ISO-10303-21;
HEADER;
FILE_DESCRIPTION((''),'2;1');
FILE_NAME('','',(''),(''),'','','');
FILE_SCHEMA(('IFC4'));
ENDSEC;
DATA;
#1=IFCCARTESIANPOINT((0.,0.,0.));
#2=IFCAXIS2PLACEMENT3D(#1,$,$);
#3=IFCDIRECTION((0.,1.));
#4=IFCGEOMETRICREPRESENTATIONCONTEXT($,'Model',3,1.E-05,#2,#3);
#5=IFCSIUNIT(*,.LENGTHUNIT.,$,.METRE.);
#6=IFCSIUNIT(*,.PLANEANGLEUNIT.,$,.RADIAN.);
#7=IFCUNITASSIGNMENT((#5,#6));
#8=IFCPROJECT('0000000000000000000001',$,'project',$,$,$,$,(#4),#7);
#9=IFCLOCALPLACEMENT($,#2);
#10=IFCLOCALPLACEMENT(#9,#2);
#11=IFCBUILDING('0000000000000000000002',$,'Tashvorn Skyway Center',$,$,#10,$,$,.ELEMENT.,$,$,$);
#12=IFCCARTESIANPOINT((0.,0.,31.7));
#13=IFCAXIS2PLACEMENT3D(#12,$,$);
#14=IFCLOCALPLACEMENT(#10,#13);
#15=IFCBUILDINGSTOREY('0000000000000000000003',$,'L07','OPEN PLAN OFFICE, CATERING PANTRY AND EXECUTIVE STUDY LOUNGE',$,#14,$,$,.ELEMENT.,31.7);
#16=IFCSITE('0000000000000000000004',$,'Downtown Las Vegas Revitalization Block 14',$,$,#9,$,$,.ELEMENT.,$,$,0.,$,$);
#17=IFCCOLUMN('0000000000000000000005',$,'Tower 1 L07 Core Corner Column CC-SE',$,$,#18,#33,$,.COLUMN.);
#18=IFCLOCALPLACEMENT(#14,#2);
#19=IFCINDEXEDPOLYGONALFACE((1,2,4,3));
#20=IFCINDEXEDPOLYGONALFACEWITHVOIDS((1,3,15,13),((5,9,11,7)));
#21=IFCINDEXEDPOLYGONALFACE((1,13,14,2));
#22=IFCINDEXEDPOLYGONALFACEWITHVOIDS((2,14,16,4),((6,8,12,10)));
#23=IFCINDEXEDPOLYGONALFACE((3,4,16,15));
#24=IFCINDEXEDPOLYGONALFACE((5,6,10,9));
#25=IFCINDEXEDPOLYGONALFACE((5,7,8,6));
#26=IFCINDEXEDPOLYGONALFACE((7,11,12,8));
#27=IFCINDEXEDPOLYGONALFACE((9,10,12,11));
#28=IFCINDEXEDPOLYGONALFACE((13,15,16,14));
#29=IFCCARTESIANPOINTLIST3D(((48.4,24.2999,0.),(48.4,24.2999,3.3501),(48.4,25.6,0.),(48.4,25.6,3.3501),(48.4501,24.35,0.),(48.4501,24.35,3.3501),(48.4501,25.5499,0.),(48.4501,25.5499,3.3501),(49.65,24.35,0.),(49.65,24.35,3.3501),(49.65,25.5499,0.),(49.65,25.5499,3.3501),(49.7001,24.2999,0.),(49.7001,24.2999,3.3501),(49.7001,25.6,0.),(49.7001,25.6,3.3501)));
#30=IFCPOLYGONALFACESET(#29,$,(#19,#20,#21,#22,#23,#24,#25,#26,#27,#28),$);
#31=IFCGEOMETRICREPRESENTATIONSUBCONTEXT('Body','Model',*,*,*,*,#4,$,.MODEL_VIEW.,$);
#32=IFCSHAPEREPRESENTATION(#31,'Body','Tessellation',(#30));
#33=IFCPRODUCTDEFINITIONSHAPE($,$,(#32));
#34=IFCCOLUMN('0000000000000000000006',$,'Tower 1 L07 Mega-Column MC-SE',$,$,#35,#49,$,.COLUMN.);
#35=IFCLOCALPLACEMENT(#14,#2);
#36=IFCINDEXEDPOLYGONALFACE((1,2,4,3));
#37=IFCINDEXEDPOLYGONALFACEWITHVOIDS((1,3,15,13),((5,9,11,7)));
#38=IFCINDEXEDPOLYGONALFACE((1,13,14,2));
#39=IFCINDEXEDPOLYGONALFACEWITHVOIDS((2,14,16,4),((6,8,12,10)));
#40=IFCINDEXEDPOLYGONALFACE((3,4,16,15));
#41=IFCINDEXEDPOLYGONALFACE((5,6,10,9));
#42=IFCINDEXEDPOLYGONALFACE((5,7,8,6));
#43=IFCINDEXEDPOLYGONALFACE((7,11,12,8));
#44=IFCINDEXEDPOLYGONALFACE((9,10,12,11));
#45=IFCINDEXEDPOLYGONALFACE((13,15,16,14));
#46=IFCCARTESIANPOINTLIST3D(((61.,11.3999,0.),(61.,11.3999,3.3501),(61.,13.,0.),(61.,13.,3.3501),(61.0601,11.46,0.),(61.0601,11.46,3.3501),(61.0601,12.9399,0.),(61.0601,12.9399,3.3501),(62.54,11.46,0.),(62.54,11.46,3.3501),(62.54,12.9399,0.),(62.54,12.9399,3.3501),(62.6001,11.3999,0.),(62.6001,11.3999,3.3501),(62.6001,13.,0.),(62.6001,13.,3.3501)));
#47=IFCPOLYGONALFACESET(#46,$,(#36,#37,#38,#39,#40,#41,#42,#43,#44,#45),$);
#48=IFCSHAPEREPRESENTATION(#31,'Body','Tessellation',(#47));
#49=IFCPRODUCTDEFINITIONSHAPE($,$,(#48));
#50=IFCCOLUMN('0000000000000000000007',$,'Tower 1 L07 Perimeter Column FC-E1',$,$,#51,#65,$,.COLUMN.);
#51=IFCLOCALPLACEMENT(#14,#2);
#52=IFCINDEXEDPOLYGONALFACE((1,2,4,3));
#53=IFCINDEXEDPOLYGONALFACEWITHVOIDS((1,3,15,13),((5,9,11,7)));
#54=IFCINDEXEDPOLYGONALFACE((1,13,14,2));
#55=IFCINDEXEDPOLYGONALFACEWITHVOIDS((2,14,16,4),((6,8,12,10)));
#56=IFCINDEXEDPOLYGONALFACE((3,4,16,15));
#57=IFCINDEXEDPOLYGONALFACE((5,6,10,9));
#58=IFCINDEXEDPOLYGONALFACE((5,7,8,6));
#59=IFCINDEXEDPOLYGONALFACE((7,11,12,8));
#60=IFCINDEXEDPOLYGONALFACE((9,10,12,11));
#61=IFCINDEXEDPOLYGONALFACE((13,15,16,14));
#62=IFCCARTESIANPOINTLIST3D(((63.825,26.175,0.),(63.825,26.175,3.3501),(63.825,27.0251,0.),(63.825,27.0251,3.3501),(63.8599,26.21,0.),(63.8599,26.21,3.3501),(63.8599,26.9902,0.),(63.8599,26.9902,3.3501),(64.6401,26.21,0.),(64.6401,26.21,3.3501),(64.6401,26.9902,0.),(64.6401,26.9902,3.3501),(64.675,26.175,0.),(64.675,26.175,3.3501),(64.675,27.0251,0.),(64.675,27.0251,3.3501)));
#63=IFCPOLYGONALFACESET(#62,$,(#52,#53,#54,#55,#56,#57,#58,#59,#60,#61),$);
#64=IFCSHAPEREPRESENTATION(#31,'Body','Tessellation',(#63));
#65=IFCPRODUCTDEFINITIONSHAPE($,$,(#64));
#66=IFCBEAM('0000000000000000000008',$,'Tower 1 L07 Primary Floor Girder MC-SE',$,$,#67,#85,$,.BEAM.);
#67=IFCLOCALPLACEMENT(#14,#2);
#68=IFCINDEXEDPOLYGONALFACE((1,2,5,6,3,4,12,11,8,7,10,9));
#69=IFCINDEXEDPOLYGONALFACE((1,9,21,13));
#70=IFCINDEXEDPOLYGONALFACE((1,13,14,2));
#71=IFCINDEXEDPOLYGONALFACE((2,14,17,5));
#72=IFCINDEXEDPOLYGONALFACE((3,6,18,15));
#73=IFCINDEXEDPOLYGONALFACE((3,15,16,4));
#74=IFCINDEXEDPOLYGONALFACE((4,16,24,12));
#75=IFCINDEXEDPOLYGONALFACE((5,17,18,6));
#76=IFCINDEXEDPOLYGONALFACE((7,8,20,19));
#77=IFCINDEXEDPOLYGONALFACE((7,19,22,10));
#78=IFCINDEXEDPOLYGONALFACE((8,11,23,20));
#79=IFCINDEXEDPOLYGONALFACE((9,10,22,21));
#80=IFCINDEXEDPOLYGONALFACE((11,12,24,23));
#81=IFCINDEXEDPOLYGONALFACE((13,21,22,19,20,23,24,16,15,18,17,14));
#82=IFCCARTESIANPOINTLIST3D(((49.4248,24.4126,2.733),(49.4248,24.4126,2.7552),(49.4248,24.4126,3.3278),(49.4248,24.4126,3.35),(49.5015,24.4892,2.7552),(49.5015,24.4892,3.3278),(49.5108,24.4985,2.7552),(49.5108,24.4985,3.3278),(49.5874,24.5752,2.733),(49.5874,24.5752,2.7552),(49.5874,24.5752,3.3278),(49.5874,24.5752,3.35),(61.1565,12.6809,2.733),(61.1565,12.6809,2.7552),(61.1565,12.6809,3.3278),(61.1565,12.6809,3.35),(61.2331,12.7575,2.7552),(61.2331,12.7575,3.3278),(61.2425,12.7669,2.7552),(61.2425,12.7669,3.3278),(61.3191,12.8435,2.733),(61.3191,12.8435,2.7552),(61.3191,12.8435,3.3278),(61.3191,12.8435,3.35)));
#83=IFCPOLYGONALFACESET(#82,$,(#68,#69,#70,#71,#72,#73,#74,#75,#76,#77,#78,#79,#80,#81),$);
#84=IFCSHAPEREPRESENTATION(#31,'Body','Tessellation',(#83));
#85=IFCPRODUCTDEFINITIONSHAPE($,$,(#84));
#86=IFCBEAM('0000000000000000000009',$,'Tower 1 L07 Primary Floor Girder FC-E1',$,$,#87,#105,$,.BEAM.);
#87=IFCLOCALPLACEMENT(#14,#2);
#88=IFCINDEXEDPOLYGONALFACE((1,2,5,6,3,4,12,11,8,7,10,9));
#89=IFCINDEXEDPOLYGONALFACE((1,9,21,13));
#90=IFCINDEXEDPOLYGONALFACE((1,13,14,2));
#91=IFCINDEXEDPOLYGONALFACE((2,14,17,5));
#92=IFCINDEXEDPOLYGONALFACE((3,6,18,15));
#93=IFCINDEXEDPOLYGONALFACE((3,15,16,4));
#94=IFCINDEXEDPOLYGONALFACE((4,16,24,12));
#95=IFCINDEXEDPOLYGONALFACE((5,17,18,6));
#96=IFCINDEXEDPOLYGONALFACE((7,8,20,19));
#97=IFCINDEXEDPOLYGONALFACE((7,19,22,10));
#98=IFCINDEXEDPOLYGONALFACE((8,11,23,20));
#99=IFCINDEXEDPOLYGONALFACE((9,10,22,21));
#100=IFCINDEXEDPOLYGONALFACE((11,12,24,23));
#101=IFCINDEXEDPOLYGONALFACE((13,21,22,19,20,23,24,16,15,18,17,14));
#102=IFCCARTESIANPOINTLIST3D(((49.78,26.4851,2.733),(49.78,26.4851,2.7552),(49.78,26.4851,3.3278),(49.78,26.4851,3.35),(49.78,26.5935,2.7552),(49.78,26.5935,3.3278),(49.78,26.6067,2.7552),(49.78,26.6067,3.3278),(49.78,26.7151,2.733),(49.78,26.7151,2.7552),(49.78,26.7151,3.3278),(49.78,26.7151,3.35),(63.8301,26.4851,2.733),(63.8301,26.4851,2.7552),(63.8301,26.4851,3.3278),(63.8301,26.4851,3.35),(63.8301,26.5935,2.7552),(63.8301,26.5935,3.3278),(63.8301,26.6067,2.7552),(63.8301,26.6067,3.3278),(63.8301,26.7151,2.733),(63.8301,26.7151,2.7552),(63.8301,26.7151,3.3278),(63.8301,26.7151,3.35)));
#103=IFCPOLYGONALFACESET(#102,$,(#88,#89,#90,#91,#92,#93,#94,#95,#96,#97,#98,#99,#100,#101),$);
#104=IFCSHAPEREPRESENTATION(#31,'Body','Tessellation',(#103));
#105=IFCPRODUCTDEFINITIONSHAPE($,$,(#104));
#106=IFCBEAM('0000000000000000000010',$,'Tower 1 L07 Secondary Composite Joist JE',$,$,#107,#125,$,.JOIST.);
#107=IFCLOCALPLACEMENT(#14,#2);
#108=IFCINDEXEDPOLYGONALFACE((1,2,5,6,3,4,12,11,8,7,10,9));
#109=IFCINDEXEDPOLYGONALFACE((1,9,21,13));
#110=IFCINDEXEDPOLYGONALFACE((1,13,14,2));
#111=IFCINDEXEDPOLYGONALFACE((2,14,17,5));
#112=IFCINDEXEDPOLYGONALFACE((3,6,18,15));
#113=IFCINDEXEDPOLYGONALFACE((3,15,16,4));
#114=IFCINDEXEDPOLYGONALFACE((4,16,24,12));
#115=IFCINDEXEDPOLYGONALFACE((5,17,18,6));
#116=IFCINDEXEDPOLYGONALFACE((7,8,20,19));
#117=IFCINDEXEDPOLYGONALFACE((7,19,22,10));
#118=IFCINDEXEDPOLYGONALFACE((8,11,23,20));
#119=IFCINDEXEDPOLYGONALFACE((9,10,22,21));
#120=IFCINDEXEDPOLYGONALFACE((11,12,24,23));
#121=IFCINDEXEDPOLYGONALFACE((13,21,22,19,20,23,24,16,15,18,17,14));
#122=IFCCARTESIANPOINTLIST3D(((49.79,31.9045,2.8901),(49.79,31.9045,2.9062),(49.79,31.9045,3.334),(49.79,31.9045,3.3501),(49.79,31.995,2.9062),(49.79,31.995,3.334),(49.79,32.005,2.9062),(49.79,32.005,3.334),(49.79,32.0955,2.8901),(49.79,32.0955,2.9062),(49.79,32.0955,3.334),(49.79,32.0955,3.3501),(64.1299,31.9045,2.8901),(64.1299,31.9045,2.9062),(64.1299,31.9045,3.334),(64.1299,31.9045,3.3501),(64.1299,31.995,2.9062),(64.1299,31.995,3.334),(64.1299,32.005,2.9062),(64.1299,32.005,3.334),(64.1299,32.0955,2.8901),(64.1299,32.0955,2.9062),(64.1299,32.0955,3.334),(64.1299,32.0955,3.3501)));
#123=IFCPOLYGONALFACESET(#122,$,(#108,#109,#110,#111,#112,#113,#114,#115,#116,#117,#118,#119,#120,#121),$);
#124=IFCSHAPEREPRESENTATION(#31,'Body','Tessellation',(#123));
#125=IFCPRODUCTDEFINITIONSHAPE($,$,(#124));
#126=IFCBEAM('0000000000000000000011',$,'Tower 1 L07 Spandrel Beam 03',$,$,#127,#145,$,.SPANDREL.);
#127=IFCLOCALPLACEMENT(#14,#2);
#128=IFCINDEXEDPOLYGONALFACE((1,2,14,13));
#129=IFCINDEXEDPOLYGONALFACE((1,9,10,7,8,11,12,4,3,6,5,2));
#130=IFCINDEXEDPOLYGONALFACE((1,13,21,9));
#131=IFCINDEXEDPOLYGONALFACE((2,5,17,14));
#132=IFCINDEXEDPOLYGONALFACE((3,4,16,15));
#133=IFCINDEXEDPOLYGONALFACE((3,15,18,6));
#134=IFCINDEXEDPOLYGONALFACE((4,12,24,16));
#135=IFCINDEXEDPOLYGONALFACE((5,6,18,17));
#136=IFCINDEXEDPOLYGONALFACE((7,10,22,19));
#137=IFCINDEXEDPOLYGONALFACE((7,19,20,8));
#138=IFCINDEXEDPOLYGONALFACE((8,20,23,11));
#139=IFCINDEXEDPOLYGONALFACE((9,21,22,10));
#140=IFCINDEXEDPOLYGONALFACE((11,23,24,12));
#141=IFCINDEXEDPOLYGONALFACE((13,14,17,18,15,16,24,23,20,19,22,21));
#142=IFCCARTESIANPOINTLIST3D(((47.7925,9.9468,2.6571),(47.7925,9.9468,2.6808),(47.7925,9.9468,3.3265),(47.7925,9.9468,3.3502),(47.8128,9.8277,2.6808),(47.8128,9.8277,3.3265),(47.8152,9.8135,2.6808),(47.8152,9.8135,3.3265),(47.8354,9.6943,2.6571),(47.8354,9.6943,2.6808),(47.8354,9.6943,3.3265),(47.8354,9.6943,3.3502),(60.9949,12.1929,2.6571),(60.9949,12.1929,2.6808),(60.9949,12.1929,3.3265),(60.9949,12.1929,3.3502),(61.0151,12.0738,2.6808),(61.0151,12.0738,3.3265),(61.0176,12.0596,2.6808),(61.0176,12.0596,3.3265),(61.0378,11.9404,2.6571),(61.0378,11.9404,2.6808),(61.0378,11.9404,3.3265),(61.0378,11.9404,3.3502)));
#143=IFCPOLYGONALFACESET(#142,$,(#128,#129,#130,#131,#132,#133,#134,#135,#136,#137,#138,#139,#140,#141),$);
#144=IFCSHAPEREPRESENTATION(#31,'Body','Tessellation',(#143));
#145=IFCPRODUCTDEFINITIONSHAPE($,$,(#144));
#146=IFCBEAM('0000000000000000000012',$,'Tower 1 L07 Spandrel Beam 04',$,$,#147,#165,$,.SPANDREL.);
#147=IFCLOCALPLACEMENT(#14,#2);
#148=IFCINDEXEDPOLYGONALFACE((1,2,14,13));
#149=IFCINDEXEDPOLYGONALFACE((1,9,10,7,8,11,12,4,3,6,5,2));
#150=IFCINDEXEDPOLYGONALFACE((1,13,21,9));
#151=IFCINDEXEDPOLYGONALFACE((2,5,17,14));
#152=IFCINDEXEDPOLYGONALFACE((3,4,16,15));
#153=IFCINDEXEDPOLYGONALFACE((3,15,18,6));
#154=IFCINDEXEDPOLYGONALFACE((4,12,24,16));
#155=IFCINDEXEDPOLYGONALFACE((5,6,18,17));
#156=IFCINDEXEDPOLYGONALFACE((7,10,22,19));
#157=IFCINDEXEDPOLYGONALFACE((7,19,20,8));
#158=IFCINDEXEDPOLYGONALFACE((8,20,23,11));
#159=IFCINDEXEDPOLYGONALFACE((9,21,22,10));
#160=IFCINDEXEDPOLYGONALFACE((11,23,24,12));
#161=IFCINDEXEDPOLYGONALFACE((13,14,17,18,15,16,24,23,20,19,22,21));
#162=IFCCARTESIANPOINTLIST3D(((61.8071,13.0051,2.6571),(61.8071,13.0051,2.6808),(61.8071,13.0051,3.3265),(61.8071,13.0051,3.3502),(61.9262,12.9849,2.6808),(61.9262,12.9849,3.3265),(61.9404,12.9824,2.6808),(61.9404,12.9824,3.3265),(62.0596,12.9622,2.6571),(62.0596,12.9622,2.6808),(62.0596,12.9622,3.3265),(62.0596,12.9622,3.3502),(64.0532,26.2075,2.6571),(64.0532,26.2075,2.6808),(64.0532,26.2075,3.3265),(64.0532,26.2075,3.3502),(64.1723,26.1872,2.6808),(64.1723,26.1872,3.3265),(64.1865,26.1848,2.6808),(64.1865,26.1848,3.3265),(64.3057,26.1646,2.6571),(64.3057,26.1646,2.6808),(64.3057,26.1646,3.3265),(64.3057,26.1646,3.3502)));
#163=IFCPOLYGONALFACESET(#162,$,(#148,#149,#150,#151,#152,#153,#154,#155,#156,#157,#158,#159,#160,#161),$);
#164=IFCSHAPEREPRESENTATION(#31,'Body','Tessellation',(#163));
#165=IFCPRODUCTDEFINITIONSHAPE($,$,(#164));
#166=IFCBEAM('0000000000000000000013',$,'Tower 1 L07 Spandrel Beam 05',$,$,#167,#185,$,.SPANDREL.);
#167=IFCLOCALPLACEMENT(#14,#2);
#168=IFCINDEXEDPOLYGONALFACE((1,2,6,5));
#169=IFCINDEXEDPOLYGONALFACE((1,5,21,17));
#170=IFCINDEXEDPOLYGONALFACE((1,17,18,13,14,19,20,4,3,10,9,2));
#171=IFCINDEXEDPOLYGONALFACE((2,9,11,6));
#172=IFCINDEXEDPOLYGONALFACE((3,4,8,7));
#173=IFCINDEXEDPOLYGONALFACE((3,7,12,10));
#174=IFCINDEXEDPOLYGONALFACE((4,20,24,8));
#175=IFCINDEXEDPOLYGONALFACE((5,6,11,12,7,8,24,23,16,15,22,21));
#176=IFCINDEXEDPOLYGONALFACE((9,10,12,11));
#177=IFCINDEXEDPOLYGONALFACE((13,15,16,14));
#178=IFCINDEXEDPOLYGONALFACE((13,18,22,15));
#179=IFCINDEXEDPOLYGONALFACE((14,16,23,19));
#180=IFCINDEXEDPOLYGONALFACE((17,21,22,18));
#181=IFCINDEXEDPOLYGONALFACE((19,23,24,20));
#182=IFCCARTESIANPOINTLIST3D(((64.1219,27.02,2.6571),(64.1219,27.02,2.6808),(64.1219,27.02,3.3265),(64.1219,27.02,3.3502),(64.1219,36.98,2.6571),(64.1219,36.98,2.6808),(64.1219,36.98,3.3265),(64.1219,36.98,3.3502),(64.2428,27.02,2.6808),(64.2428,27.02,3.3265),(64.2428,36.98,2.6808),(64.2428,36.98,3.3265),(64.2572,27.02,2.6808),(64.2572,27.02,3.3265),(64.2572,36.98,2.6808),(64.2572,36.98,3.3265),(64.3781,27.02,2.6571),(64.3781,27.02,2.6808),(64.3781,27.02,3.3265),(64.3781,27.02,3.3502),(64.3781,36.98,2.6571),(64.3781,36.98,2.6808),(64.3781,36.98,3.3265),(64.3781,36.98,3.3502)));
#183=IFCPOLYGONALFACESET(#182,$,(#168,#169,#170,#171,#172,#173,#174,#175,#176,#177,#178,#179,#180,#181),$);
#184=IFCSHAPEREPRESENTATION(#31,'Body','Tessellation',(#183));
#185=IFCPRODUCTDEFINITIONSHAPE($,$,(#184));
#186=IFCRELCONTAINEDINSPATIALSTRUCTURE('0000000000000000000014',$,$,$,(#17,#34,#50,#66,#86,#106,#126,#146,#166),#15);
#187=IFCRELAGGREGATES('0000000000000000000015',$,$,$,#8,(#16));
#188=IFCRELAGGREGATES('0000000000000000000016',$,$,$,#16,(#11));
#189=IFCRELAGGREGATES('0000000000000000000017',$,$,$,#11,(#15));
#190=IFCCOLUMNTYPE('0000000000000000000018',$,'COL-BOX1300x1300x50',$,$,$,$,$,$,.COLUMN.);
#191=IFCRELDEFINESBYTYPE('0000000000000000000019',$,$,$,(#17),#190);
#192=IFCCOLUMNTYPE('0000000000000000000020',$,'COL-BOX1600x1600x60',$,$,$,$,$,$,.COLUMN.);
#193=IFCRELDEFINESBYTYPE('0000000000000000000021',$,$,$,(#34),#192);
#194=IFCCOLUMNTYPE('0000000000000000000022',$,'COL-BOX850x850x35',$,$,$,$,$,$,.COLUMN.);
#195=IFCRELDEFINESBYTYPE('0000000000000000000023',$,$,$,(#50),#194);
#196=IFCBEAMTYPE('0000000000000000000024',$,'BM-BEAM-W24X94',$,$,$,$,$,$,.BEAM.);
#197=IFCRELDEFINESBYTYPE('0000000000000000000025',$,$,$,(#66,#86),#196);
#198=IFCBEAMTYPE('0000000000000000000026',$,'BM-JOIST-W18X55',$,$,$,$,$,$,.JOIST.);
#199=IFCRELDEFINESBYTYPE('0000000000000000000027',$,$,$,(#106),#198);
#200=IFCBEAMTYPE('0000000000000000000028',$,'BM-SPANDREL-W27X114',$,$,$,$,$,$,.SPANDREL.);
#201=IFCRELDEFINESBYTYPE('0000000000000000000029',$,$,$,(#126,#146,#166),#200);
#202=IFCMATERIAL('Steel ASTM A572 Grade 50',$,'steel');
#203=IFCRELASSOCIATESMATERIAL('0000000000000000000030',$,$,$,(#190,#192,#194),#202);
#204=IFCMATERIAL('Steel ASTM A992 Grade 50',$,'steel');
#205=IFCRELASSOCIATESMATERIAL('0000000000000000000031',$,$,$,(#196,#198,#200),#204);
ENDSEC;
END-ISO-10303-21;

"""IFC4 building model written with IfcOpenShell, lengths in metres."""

from ifc_helpers import new_model, si_unit, direction, frame, origin, origin_2d, place, context, subcontext, project, spatial, hollow_rectangle, i_section, extrude, material, material_profile, profile_set, type_object, element, save


model = new_model("IFC4")

# Units and contexts
model_context = context("Model", 3, precision=1e-05, world=origin(), true_north=direction((0.0, 1.0)))
body_context = subcontext(model_context, "Body", "Model", "MODEL_VIEW")
ifc_project = project(units=[si_unit("LENGTHUNIT", "METRE"), si_unit("PLANEANGLEUNIT", "RADIAN")], contexts=[model_context])

# Site, building, storey
site_placement = place(None, origin())
site = spatial("IfcSite", under=ifc_project, at=site_placement, Name="Downtown Las Vegas Revitalization Block 14", CompositionType="ELEMENT", RefElevation=0.0)
building_placement = place(site_placement, origin())
building = spatial("IfcBuilding", under=site, at=building_placement, Name="Tashvorn Skyway Center", CompositionType="ELEMENT")
storey_placement = place(building_placement, frame((0.0, 0.0, 31.7)))
storey = spatial("IfcBuildingStorey", under=building, at=storey_placement, Name="L07", Description="OPEN PLAN OFFICE, CATERING PANTRY AND EXECUTIVE STUDY LOUNGE", CompositionType="ELEMENT", Elevation=31.7)

# Columns
ifc_material_1 = material(Name="Steel ASTM A572 Grade 50", Category="steel")
ifc_material_profile_1 = material_profile(ifc_material_1, hollow_rectangle(XDim=1.3, YDim=1.3, WallThickness=0.05, at=origin_2d()), Name="BOX1300x1300x50")
ifc_profile_set_1 = profile_set([ifc_material_profile_1], Name="Steel ASTM A572 Grade 50")
column_type_1 = type_object("IfcColumnType", Name="COL-BOX1300x1300x50", PredefinedType="COLUMN", material=ifc_profile_set_1)
column_1_placement = place(storey_placement, frame((49.05, 24.95, 0.0), z_axis=(0.0, 0.0, 1.0), x_axis=(1.0, 0.0, 0.0)))
element("IfcColumn", 1, at=column_1_placement, inside=storey, type_object=column_type_1, Name="Tower 1 L07 Core Corner Column CC-SE", PredefinedType="COLUMN", context=body_context, shape_type="SweptSolid", body=[
    extrude(hollow_rectangle(XDim=1.3, YDim=1.3, WallThickness=0.05, at=origin_2d()), origin(), (0.0, 0.0, 1.0), 3.3501),
])
ifc_material_profile_2 = material_profile(ifc_material_1, hollow_rectangle(XDim=1.6001, YDim=1.6001, WallThickness=0.0601, at=origin_2d()), Name="BOX1600x1600x60")
ifc_profile_set_2 = profile_set([ifc_material_profile_2], Name="Steel ASTM A572 Grade 50")
column_type_2 = type_object("IfcColumnType", Name="COL-BOX1600x1600x60", PredefinedType="COLUMN", material=ifc_profile_set_2)
column_2_placement = place(storey_placement, frame((61.8, 12.2, 0.0), z_axis=(0.0, 0.0, 1.0), x_axis=(1.0, 0.0, 0.0)))
element("IfcColumn", 2, at=column_2_placement, inside=storey, type_object=column_type_2, Name="Tower 1 L07 Mega-Column MC-SE", PredefinedType="COLUMN", context=body_context, shape_type="SweptSolid", body=[
    extrude(hollow_rectangle(XDim=1.6001, YDim=1.6001, WallThickness=0.0601, at=origin_2d()), origin(), (0.0, 0.0, 1.0), 3.3501),
])
ifc_material_profile_3 = material_profile(ifc_material_1, hollow_rectangle(XDim=0.8501, YDim=0.8501, WallThickness=0.0349, at=origin_2d()), Name="BOX850x850x35")
ifc_profile_set_3 = profile_set([ifc_material_profile_3], Name="Steel ASTM A572 Grade 50")
column_type_3 = type_object("IfcColumnType", Name="COL-BOX850x850x35", PredefinedType="COLUMN", material=ifc_profile_set_3)
column_3_placement = place(storey_placement, frame((64.25, 26.6001, 0.0), z_axis=(0.0, 0.0, 1.0), x_axis=(1.0, 0.0, 0.0)))
element("IfcColumn", 3, at=column_3_placement, inside=storey, type_object=column_type_3, Name="Tower 1 L07 Perimeter Column FC-E1", PredefinedType="COLUMN", context=body_context, shape_type="SweptSolid", body=[
    extrude(hollow_rectangle(XDim=0.8501, YDim=0.8501, WallThickness=0.0349, at=origin_2d()), origin(), (0.0, 0.0, 1.0), 3.3501),
])

# Beams
ifc_material_2 = material(Name="Steel ASTM A992 Grade 50", Category="steel")
ifc_material_profile_4 = material_profile(ifc_material_2, i_section(OverallWidth=0.23, OverallDepth=0.6169, WebThickness=0.0132, FlangeThickness=0.0222, at=origin_2d()), Name="W24X94")
ifc_profile_set_4 = profile_set([ifc_material_profile_4], Name="Steel ASTM A992 Grade 50")
beam_type_1 = type_object("IfcBeamType", Name="BM-BEAM-W24X94", PredefinedType="BEAM", material=ifc_profile_set_4)
beam_1_placement = place(storey_placement, frame((61.2378, 12.7622, 3.0415), z_axis=(-0.707107, 0.707107, 0.0), x_axis=(-0.707107, -0.707107, 0.0)))
element("IfcBeam", 4, at=beam_1_placement, inside=storey, type_object=beam_type_1, Name="Tower 1 L07 Primary Floor Girder MC-SE", PredefinedType="BEAM", context=body_context, shape_type="SweptSolid", body=[
    extrude(i_section(OverallWidth=0.23, OverallDepth=0.6169, WebThickness=0.0132, FlangeThickness=0.0222, at=origin_2d()), origin(), (0.0, 0.0, 1.0), 16.5911),
])
beam_2_placement = place(storey_placement, frame((63.8301, 26.6001, 3.0415), z_axis=(-1.0, 0.0, 0.0), x_axis=(0.0, -1.0, 0.0)))
element("IfcBeam", 5, at=beam_2_placement, inside=storey, type_object=beam_type_1, Name="Tower 1 L07 Primary Floor Girder FC-E1", PredefinedType="BEAM", context=body_context, shape_type="SweptSolid", body=[
    extrude(i_section(OverallWidth=0.23, OverallDepth=0.6169, WebThickness=0.0132, FlangeThickness=0.0222, at=origin_2d()), origin(), (0.0, 0.0, 1.0), 14.05),
])
ifc_material_profile_5 = material_profile(ifc_material_2, i_section(OverallWidth=0.1909, OverallDepth=0.46, WebThickness=0.01, FlangeThickness=0.0161, at=origin_2d()), Name="W18X55")
ifc_profile_set_5 = profile_set([ifc_material_profile_5], Name="Steel ASTM A992 Grade 50")
beam_type_2 = type_object("IfcBeamType", Name="BM-JOIST-W18X55", PredefinedType="JOIST", material=ifc_profile_set_5)
beam_3_placement = place(storey_placement, frame((49.79, 32.0, 3.1201), z_axis=(1.0, 0.0, 0.0), x_axis=(0.0, 1.0, 0.0)))
element("IfcBeam", 6, at=beam_3_placement, inside=storey, type_object=beam_type_2, Name="Tower 1 L07 Secondary Composite Joist JE", PredefinedType="JOIST", context=body_context, shape_type="SweptSolid", body=[
    extrude(i_section(OverallWidth=0.1909, OverallDepth=0.46, WebThickness=0.01, FlangeThickness=0.0161, at=origin_2d()), origin(), (0.0, 0.0, 1.0), 14.3398),
])
ifc_material_profile_6 = material_profile(ifc_material_2, i_section(OverallWidth=0.2561, OverallDepth=0.6931, WebThickness=0.0144, FlangeThickness=0.0237, at=origin_2d()), Name="W27X114")
ifc_profile_set_6 = profile_set([ifc_material_profile_6], Name="Steel ASTM A992 Grade 50")
beam_type_3 = type_object("IfcBeamType", Name="BM-SPANDREL-W27X114", PredefinedType="SPANDREL", material=ifc_profile_set_6)
for number, where, z_axis, x_axis, name in (
    (7, (47.814, 9.8206, 3.0037), (0.985835, 0.167718, 0.0), (-0.167718, 0.985835, 0.0), "Tower 1 L07 Spandrel Beam 03"),
    (8, (61.9333, 12.9836, 3.0037), (0.167718, 0.985835, 0.0), (-0.985835, 0.167718, 0.0), "Tower 1 L07 Spandrel Beam 04"),
):
    element("IfcBeam", number, at=place(storey_placement, frame(where, z_axis=z_axis, x_axis=x_axis)), inside=storey, type_object=beam_type_3, Name=name, PredefinedType="SPANDREL", context=body_context, shape_type="SweptSolid", body=[
        extrude(i_section(OverallWidth=0.2561, OverallDepth=0.6931, WebThickness=0.0144, FlangeThickness=0.0237, at=origin_2d()), origin(), (0.0, 0.0, 1.0), 13.3921),
    ])
beam_4_placement = place(storey_placement, frame((64.25, 27.02, 3.0037), z_axis=(0.0, 1.0, 0.0), x_axis=(-1.0, 0.0, 0.0)))
element("IfcBeam", 9, at=beam_4_placement, inside=storey, type_object=beam_type_3, Name="Tower 1 L07 Spandrel Beam 05", PredefinedType="SPANDREL", context=body_context, shape_type="SweptSolid", body=[
    extrude(i_section(OverallWidth=0.2561, OverallDepth=0.6931, WebThickness=0.0144, FlangeThickness=0.0237, at=origin_2d()), origin(), (0.0, 0.0, 1.0), 9.96),
])

save(model, "model.ifc")
